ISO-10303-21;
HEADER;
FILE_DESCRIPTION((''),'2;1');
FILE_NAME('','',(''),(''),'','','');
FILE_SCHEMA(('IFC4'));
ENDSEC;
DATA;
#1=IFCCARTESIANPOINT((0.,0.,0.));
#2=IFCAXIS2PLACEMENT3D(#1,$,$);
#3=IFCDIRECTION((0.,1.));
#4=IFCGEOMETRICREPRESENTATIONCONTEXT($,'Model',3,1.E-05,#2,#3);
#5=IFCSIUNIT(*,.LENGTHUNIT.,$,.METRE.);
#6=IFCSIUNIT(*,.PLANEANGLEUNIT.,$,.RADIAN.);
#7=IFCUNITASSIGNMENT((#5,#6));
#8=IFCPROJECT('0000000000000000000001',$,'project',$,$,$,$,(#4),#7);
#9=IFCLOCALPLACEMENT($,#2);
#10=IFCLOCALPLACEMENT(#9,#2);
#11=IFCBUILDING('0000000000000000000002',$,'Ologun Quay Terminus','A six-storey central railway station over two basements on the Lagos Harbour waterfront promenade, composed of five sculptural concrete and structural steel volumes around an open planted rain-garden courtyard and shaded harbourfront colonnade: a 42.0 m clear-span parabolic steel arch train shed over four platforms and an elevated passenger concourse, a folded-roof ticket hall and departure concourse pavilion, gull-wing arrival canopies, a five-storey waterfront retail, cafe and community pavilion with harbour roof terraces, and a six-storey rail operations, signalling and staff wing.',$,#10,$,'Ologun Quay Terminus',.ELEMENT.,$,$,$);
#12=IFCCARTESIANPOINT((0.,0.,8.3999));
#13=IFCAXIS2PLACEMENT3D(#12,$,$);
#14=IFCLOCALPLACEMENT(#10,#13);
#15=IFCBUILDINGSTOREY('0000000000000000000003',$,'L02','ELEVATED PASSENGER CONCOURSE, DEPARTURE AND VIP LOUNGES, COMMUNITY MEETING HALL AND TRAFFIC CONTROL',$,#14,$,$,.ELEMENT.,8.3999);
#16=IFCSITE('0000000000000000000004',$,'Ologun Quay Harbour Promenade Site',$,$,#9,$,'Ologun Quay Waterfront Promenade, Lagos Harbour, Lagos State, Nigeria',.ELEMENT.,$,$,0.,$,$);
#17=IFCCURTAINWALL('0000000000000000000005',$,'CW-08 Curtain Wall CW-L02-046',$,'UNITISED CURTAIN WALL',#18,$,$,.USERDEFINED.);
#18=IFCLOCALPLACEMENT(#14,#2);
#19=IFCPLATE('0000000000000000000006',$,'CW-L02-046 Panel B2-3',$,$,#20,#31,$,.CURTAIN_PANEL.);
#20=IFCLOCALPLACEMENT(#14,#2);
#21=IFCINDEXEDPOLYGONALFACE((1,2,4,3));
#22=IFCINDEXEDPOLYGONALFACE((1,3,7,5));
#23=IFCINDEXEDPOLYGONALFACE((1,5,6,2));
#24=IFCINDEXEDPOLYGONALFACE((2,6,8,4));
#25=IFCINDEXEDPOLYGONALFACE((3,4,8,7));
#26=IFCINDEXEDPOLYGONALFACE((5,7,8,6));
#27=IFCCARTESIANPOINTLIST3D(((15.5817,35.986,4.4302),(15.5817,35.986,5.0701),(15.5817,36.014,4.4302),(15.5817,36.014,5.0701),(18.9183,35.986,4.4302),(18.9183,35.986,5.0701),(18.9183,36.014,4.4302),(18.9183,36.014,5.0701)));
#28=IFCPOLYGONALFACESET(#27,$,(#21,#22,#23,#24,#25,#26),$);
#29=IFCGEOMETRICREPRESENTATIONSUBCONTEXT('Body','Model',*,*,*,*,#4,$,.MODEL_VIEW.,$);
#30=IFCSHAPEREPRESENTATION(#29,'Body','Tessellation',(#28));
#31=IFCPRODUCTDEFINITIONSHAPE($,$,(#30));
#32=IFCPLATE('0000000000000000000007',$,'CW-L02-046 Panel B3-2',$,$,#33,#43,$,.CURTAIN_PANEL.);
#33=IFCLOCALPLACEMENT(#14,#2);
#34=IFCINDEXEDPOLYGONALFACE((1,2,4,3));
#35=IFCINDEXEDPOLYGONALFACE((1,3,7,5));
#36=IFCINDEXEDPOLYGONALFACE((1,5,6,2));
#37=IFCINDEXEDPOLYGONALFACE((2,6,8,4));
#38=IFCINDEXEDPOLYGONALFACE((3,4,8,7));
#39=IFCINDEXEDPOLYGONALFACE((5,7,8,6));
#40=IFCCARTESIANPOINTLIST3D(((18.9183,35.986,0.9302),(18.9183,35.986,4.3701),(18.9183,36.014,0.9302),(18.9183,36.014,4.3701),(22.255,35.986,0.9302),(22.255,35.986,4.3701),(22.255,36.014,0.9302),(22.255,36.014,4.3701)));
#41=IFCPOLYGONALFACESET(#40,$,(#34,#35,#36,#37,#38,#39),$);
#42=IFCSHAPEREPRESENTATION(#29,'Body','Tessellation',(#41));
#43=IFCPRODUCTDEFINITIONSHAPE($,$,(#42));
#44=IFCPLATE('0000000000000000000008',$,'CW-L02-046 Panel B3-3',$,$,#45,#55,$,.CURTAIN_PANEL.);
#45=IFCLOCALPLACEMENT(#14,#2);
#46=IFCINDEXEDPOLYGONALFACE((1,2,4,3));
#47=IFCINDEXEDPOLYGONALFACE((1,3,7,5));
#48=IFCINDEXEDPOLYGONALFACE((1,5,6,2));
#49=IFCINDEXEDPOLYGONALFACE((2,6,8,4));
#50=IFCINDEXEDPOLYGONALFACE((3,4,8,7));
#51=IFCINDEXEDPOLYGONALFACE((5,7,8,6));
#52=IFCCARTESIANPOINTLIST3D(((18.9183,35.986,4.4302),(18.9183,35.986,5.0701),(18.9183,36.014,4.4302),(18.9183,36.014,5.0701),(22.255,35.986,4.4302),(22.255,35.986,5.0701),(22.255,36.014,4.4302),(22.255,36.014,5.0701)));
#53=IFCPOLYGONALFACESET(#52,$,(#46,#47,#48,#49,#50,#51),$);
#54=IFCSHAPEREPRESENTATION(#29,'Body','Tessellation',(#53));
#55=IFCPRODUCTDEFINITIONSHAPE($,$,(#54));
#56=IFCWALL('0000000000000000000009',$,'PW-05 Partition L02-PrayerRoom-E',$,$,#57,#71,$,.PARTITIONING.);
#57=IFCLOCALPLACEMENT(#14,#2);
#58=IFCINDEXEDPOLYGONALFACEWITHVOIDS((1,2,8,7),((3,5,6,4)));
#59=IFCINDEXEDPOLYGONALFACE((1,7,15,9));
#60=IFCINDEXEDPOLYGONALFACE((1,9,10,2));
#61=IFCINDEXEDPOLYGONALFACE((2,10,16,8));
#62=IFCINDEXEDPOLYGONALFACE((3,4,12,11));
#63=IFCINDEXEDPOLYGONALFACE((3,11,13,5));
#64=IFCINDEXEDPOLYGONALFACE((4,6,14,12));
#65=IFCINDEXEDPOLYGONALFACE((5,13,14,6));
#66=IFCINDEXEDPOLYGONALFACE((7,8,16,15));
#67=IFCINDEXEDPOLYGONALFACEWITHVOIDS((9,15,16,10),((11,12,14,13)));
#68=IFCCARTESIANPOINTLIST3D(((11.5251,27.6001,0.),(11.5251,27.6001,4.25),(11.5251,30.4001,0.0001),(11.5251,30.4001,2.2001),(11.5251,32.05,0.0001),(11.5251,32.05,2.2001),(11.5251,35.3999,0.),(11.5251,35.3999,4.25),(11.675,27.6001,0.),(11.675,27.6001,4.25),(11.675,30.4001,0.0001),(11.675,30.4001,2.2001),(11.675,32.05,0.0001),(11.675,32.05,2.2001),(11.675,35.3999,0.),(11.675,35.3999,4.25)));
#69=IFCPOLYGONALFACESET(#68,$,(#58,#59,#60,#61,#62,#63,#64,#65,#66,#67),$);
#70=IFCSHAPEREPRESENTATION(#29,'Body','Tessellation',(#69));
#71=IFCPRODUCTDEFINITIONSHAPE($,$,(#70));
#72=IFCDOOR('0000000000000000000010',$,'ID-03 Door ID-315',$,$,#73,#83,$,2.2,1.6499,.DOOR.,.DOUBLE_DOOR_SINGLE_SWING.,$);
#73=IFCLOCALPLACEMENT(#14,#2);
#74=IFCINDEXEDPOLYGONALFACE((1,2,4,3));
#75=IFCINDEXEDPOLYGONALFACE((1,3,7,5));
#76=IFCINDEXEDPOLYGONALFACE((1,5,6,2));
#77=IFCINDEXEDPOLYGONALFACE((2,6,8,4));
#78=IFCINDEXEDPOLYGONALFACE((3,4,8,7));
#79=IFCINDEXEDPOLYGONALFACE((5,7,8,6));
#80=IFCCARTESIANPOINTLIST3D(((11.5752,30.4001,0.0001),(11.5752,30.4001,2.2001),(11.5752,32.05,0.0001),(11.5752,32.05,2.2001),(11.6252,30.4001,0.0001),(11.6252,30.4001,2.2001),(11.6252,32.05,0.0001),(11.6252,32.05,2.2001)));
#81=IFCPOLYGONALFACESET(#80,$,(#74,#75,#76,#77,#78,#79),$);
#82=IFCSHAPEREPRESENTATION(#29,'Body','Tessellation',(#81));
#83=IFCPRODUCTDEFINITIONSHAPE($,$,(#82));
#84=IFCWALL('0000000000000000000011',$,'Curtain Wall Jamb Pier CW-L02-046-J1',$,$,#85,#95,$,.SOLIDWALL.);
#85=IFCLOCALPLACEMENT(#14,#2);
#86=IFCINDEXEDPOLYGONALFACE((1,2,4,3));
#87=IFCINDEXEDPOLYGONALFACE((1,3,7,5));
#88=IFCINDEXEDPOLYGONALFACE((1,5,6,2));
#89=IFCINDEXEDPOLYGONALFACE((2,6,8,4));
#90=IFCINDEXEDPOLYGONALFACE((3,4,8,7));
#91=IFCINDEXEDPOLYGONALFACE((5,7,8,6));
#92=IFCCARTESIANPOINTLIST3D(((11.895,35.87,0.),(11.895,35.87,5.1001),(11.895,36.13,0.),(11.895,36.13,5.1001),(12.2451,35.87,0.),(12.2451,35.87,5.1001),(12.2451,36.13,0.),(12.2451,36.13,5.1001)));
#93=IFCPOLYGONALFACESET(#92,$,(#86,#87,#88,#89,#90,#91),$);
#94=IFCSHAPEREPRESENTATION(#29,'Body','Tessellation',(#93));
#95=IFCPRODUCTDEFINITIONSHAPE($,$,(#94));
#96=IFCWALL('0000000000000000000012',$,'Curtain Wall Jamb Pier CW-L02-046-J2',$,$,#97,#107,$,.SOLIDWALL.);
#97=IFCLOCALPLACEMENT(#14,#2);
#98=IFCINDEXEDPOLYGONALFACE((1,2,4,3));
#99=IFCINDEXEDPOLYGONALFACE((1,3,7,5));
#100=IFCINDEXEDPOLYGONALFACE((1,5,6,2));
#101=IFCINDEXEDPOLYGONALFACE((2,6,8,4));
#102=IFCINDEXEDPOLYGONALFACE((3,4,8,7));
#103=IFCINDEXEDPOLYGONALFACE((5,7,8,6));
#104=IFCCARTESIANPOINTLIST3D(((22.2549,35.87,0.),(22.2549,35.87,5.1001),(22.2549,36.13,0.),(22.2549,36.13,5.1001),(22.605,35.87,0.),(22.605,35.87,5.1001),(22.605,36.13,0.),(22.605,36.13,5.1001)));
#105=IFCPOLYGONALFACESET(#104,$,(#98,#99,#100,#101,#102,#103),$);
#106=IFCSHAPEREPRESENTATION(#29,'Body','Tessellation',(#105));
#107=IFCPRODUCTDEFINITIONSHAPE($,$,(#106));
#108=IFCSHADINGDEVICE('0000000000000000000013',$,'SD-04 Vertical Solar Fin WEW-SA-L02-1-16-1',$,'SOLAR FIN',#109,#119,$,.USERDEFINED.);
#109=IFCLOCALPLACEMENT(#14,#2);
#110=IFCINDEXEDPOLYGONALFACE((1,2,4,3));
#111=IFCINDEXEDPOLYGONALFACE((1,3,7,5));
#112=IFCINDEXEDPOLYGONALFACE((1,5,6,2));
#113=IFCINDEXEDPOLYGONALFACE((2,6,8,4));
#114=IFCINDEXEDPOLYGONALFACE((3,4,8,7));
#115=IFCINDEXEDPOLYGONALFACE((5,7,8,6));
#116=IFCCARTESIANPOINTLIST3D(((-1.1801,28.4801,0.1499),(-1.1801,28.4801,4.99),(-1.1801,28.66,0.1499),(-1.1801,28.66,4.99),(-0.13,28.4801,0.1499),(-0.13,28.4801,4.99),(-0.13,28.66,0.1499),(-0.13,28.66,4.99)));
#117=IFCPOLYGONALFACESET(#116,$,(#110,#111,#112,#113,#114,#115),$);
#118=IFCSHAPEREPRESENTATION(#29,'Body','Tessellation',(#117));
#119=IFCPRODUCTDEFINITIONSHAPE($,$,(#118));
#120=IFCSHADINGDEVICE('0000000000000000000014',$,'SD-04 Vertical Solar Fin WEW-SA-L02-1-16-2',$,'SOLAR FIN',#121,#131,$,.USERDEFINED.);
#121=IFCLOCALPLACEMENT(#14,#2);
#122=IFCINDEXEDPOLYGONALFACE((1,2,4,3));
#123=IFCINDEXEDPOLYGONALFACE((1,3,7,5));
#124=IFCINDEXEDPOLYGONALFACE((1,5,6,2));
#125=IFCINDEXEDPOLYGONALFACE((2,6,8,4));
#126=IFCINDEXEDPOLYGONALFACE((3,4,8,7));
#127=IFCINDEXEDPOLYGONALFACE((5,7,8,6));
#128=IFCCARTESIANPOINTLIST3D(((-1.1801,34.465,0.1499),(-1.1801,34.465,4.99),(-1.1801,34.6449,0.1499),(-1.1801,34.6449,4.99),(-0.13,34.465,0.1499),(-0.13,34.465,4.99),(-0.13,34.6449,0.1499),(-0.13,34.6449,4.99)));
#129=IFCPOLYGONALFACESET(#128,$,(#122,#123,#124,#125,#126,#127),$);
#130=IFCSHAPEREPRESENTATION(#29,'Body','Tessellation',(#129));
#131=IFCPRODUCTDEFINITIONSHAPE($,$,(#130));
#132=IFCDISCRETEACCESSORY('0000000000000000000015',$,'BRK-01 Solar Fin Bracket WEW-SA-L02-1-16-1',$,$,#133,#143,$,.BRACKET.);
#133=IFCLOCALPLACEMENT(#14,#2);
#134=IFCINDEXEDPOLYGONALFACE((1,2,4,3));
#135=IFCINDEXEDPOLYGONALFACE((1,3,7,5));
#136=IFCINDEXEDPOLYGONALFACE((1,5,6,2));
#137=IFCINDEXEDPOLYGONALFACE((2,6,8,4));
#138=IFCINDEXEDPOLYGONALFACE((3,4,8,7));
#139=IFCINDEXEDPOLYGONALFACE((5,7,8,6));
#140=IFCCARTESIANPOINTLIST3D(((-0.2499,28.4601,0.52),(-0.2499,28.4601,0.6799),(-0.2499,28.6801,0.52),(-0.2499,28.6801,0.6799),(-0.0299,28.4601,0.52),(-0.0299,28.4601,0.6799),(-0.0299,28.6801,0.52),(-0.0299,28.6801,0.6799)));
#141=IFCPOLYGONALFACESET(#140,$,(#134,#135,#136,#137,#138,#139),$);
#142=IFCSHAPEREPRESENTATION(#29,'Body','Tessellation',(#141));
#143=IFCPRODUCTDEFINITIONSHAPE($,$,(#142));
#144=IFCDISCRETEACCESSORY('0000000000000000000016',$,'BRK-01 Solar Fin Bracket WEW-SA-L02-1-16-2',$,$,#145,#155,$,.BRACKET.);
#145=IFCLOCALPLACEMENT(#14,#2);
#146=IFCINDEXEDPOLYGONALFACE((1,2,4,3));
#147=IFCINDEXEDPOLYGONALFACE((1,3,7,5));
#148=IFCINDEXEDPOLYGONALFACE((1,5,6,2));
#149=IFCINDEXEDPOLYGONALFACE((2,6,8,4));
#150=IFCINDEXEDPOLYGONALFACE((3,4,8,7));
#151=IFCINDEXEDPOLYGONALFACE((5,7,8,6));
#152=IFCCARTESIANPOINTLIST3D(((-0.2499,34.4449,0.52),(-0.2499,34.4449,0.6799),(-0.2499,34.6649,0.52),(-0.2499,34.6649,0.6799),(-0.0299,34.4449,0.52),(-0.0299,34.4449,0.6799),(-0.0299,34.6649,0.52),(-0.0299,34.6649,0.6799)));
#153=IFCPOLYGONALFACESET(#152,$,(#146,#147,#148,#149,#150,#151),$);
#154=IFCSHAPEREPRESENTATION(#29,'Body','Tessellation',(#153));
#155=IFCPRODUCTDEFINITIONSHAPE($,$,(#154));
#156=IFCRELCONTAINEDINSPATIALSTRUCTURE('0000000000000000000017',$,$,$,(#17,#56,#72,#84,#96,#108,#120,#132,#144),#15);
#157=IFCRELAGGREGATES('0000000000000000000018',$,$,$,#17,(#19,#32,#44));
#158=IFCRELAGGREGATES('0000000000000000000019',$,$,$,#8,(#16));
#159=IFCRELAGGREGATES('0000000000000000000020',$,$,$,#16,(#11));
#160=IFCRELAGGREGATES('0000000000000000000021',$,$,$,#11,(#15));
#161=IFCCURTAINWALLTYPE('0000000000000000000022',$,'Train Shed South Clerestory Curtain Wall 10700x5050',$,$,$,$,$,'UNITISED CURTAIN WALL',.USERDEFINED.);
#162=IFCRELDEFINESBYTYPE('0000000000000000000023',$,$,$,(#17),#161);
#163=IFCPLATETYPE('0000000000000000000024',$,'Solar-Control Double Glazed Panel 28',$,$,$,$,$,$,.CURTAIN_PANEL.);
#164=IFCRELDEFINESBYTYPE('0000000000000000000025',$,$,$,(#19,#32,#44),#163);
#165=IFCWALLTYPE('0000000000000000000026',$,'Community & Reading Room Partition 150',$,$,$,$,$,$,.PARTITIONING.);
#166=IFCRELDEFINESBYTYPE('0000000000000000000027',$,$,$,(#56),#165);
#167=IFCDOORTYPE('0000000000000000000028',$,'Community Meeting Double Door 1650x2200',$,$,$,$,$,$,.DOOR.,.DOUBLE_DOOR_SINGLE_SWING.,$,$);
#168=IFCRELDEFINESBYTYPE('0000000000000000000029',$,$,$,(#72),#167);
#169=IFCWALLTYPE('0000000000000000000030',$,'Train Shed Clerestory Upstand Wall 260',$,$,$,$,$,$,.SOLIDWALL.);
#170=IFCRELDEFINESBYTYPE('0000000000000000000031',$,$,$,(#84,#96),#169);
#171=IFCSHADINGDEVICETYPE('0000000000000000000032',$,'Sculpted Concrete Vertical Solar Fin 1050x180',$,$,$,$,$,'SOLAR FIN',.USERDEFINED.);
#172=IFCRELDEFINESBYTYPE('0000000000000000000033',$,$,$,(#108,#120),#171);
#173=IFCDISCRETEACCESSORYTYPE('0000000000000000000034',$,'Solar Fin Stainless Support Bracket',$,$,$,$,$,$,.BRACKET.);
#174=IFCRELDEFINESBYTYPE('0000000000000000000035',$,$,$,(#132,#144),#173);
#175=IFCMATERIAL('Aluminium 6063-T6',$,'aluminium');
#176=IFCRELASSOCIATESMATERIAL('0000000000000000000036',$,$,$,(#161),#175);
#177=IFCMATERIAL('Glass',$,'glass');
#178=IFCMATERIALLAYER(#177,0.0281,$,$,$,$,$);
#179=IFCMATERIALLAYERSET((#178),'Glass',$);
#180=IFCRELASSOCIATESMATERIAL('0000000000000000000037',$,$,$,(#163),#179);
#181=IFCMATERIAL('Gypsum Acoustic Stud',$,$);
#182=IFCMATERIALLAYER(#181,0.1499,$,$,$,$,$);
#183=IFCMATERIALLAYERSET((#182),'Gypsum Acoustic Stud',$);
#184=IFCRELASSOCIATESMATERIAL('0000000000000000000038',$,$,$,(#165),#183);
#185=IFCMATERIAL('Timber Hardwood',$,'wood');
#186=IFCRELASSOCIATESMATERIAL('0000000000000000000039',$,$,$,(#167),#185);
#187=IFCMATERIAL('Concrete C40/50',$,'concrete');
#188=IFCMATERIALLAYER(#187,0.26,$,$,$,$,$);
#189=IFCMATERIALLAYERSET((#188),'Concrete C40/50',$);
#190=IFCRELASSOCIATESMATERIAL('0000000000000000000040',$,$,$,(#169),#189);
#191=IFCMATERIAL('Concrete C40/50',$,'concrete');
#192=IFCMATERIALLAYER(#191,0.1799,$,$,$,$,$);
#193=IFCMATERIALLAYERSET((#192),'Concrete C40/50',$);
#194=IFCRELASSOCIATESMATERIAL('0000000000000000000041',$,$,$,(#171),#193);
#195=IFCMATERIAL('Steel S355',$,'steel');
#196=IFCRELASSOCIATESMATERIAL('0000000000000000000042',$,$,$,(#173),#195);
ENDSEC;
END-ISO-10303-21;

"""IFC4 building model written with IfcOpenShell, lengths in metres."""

from ifc_helpers import new_model, si_unit, direction, frame, frame_2d, origin, origin_2d, place, context, subcontext, project, spatial, rectangle, extrude, material, layer, layer_set, type_object, element, fill, aggregate, save


model = new_model("IFC4")

# Units and contexts
model_context = context("Model", 3, precision=1e-05, world=origin(), true_north=direction((0.0, 1.0)))
body_context = subcontext(model_context, "Body", "Model", "MODEL_VIEW")
ifc_project = project(units=[si_unit("LENGTHUNIT", "METRE"), si_unit("PLANEANGLEUNIT", "RADIAN")], contexts=[model_context])

# Site, building, storey
site_placement = place(None, origin())
site = spatial("IfcSite", under=ifc_project, at=site_placement, Name="Ologun Quay Harbour Promenade Site", LongName="Ologun Quay Waterfront Promenade, Lagos Harbour, Lagos State, Nigeria", CompositionType="ELEMENT", RefElevation=0.0)
building_placement = place(site_placement, origin())
building = spatial("IfcBuilding", under=site, at=building_placement, Name="Ologun Quay Terminus", Description="A six-storey central railway station over two basements on the Lagos Harbour waterfront promenade, composed of five sculptural concrete and structural steel volumes around an open planted rain-garden courtyard and shaded harbourfront colonnade: a 42.0 m clear-span parabolic steel arch train shed over four platforms and an elevated passenger concourse, a folded-roof ticket hall and departure concourse pavilion, gull-wing arrival canopies, a five-storey waterfront retail, cafe and community pavilion with harbour roof terraces, and a six-storey rail operations, signalling and staff wing.", LongName="Ologun Quay Terminus", CompositionType="ELEMENT")
storey_placement = place(building_placement, frame((0.0, 0.0, 8.3999)))
storey = spatial("IfcBuildingStorey", under=building, at=storey_placement, Name="L02", Description="ELEVATED PASSENGER CONCOURSE, DEPARTURE AND VIP LOUNGES, COMMUNITY MEETING HALL AND TRAFFIC CONTROL", CompositionType="ELEMENT", Elevation=8.3999)

# Curtain wall
ifc_material_1 = material(Name="Aluminium 6063-T6", Category="aluminium")
curtain_wall_type = type_object("IfcCurtainWallType", Name="Train Shed South Clerestory Curtain Wall 10700x5050", ElementType="UNITISED CURTAIN WALL", PredefinedType="USERDEFINED", material=ifc_material_1)
curtain_wall_placement = place(storey_placement, origin())
curtain_wall = element("IfcCurtainWall", 1, at=curtain_wall_placement, inside=storey, type_object=curtain_wall_type, Name="CW-08 Curtain Wall CW-L02-046", ObjectType="UNITISED CURTAIN WALL", PredefinedType="USERDEFINED")

# Plates
ifc_material_2 = material(Name="Glass", Category="glass")
ifc_layer_1 = layer(ifc_material_2, 0.0281)
ifc_layer_set_1 = layer_set([ifc_layer_1], Name="Glass")
plate_type_1 = type_object("IfcPlateType", Name="Solar-Control Double Glazed Panel 28", PredefinedType="CURTAIN_PANEL", material=ifc_layer_set_1)
plate_1_placement = place(storey_placement, frame((17.25, 36.0, 4.4302), z_axis=(0.0, 0.0, 1.0), x_axis=(1.0, 0.0, 0.0)))
plate_1 = element("IfcPlate", 2, at=plate_1_placement, type_object=plate_type_1, Name="CW-L02-046 Panel B2-3", PredefinedType="CURTAIN_PANEL", context=body_context, shape_type="SweptSolid", body=[
    extrude(rectangle(XDim=3.3367, YDim=0.0281, at=origin_2d()), origin(), (0.0, 0.0, 1.0), 0.6399),
])
plate_2_placement = place(storey_placement, frame((20.5867, 36.0, 0.9302), z_axis=(0.0, 0.0, 1.0), x_axis=(1.0, 0.0, 0.0)))
plate_2 = element("IfcPlate", 3, at=plate_2_placement, type_object=plate_type_1, Name="CW-L02-046 Panel B3-2", PredefinedType="CURTAIN_PANEL", context=body_context, shape_type="SweptSolid", body=[
    extrude(rectangle(XDim=3.3367, YDim=0.0281, at=origin_2d()), origin(), (0.0, 0.0, 1.0), 3.4399),
])
plate_3_placement = place(storey_placement, frame((20.5867, 36.0, 4.4302), z_axis=(0.0, 0.0, 1.0), x_axis=(1.0, 0.0, 0.0)))
plate_3 = element("IfcPlate", 4, at=plate_3_placement, type_object=plate_type_1, Name="CW-L02-046 Panel B3-3", PredefinedType="CURTAIN_PANEL", context=body_context, shape_type="SweptSolid", body=[
    extrude(rectangle(XDim=3.3367, YDim=0.0281, at=origin_2d()), origin(), (0.0, 0.0, 1.0), 0.6399),
])
aggregate(curtain_wall, [plate_1, plate_2, plate_3])

# Wall, opening, door
ifc_material_3 = material(Name="Gypsum Acoustic Stud")
ifc_layer_2 = layer(ifc_material_3, 0.1499)
ifc_layer_set_2 = layer_set([ifc_layer_2], Name="Gypsum Acoustic Stud")
wall_type_1 = type_object("IfcWallType", Name="Community & Reading Room Partition 150", PredefinedType="PARTITIONING", material=ifc_layer_set_2)
wall_placement = place(storey_placement, frame((11.6001, 27.6001, 0.0), z_axis=(0.0, 0.0, 1.0), x_axis=(0.0, 1.0, 0.0)))
wall = element("IfcWall", 5, at=wall_placement, inside=storey, type_object=wall_type_1, Name="PW-05 Partition L02-PrayerRoom-E", PredefinedType="PARTITIONING", context=body_context, shape_type="SweptSolid", body=[
    extrude(rectangle(XDim=7.7998, YDim=0.1499, at=frame_2d((3.8999, 0.0))), origin(), (0.0, 0.0, 1.0), 4.25),
])
opening_placement = place(wall_placement, frame((2.8, 0.0, 0.0)))
opening = element("IfcOpeningElement", 6, at=opening_placement, cuts=wall, PredefinedType="OPENING", context=body_context, shape_type="SweptSolid", body=[
    extrude(rectangle(XDim=1.6499, YDim=2.2, at=frame_2d((0.825, 1.1001))), frame((0.0, 0.085, 0.0), z_axis=(0.0, -1.0, 0.0), x_axis=(1.0, 0.0, 0.0)), (0.0, 0.0, 1.0), 0.1699),
])
ifc_material_4 = material(Name="Timber Hardwood", Category="wood")
door_type = type_object("IfcDoorType", Name="Community Meeting Double Door 1650x2200", OperationType="DOUBLE_DOOR_SINGLE_SWING", PredefinedType="DOOR", material=ifc_material_4)
door_placement = place(opening_placement, origin())
door = element("IfcDoor", 7, at=door_placement, inside=storey, type_object=door_type, Name="ID-03 Door ID-315", OperationType="DOUBLE_DOOR_SINGLE_SWING", OverallHeight=2.2, OverallWidth=1.6499, PredefinedType="DOOR", context=body_context, shape_type="SweptSolid", body=[
    extrude(rectangle(XDim=1.6499, YDim=2.2, at=frame_2d((0.825, 1.1001))), frame((0.0, 0.0249, 0.0), z_axis=(0.0, -1.0, 0.0), x_axis=(1.0, 0.0, 0.0)), (0.0, 0.0, 1.0), 0.05),
])
fill(opening, door)

# Walls
ifc_material_5 = material(Name="Concrete C40/50", Category="concrete")
ifc_layer_3 = layer(ifc_material_5, 0.26)
ifc_layer_set_3 = layer_set([ifc_layer_3], Name="Concrete C40/50")
wall_type_2 = type_object("IfcWallType", Name="Train Shed Clerestory Upstand Wall 260", PredefinedType="SOLIDWALL", material=ifc_layer_set_3)
for number, where, z_axis, x_axis, name in (
    (8, (11.895, 36.0, 0.0), (0.0, 0.0, 1.0), (1.0, 0.0, 0.0), "Curtain Wall Jamb Pier CW-L02-046-J1"),
    (9, (22.2549, 36.0, 0.0), (0.0, 0.0, 1.0), (1.0, 0.0, 0.0), "Curtain Wall Jamb Pier CW-L02-046-J2"),
):
    element("IfcWall", number, at=place(storey_placement, frame(where, z_axis=z_axis, x_axis=x_axis)), inside=storey, type_object=wall_type_2, Name=name, PredefinedType="SOLIDWALL", context=body_context, shape_type="SweptSolid", body=[
        extrude(rectangle(XDim=0.3501, YDim=0.26, at=frame_2d((0.175, 0.0))), origin(), (0.0, 0.0, 1.0), 5.1001),
    ])

# Shading devices
ifc_material_6 = material(Name="Concrete C40/50", Category="concrete")
ifc_layer_4 = layer(ifc_material_6, 0.1799)
ifc_layer_set_4 = layer_set([ifc_layer_4], Name="Concrete C40/50")
shading_device_type = type_object("IfcShadingDeviceType", Name="Sculpted Concrete Vertical Solar Fin 1050x180", ElementType="SOLAR FIN", PredefinedType="USERDEFINED", material=ifc_layer_set_4)
for number, where, z_axis, x_axis, name in (
    (10, (-0.655, 28.5701, 0.1499), (0.0, 0.0, 1.0), (1.0, 0.0, 0.0), "SD-04 Vertical Solar Fin WEW-SA-L02-1-16-1"),
    (11, (-0.655, 34.5549, 0.1499), (0.0, 0.0, 1.0), (1.0, 0.0, 0.0), "SD-04 Vertical Solar Fin WEW-SA-L02-1-16-2"),
):
    element("IfcShadingDevice", number, at=place(storey_placement, frame(where, z_axis=z_axis, x_axis=x_axis)), inside=storey, type_object=shading_device_type, Name=name, ObjectType="SOLAR FIN", PredefinedType="USERDEFINED", context=body_context, shape_type="SweptSolid", body=[
        extrude(rectangle(XDim=1.05, YDim=0.1799, at=origin_2d()), origin(), (0.0, 0.0, 1.0), 4.8401),
    ])

# Discrete accessories
ifc_material_7 = material(Name="Steel S355", Category="steel")
discrete_accessory_type = type_object("IfcDiscreteAccessoryType", Name="Solar Fin Stainless Support Bracket", PredefinedType="BRACKET", material=ifc_material_7)
for number, where, z_axis, x_axis, name in (
    (12, (-0.1399, 28.5701, 0.52), (0.0, 0.0, 1.0), (1.0, 0.0, 0.0), "BRK-01 Solar Fin Bracket WEW-SA-L02-1-16-1"),
    (13, (-0.1399, 34.5549, 0.52), (0.0, 0.0, 1.0), (1.0, 0.0, 0.0), "BRK-01 Solar Fin Bracket WEW-SA-L02-1-16-2"),
):
    element("IfcDiscreteAccessory", number, at=place(storey_placement, frame(where, z_axis=z_axis, x_axis=x_axis)), inside=storey, type_object=discrete_accessory_type, Name=name, PredefinedType="BRACKET", context=body_context, shape_type="SweptSolid", body=[
        extrude(rectangle(XDim=0.22, YDim=0.22, at=origin_2d()), origin(), (0.0, 0.0, 1.0), 0.1599),
    ])

save(model, "model.ifc")
